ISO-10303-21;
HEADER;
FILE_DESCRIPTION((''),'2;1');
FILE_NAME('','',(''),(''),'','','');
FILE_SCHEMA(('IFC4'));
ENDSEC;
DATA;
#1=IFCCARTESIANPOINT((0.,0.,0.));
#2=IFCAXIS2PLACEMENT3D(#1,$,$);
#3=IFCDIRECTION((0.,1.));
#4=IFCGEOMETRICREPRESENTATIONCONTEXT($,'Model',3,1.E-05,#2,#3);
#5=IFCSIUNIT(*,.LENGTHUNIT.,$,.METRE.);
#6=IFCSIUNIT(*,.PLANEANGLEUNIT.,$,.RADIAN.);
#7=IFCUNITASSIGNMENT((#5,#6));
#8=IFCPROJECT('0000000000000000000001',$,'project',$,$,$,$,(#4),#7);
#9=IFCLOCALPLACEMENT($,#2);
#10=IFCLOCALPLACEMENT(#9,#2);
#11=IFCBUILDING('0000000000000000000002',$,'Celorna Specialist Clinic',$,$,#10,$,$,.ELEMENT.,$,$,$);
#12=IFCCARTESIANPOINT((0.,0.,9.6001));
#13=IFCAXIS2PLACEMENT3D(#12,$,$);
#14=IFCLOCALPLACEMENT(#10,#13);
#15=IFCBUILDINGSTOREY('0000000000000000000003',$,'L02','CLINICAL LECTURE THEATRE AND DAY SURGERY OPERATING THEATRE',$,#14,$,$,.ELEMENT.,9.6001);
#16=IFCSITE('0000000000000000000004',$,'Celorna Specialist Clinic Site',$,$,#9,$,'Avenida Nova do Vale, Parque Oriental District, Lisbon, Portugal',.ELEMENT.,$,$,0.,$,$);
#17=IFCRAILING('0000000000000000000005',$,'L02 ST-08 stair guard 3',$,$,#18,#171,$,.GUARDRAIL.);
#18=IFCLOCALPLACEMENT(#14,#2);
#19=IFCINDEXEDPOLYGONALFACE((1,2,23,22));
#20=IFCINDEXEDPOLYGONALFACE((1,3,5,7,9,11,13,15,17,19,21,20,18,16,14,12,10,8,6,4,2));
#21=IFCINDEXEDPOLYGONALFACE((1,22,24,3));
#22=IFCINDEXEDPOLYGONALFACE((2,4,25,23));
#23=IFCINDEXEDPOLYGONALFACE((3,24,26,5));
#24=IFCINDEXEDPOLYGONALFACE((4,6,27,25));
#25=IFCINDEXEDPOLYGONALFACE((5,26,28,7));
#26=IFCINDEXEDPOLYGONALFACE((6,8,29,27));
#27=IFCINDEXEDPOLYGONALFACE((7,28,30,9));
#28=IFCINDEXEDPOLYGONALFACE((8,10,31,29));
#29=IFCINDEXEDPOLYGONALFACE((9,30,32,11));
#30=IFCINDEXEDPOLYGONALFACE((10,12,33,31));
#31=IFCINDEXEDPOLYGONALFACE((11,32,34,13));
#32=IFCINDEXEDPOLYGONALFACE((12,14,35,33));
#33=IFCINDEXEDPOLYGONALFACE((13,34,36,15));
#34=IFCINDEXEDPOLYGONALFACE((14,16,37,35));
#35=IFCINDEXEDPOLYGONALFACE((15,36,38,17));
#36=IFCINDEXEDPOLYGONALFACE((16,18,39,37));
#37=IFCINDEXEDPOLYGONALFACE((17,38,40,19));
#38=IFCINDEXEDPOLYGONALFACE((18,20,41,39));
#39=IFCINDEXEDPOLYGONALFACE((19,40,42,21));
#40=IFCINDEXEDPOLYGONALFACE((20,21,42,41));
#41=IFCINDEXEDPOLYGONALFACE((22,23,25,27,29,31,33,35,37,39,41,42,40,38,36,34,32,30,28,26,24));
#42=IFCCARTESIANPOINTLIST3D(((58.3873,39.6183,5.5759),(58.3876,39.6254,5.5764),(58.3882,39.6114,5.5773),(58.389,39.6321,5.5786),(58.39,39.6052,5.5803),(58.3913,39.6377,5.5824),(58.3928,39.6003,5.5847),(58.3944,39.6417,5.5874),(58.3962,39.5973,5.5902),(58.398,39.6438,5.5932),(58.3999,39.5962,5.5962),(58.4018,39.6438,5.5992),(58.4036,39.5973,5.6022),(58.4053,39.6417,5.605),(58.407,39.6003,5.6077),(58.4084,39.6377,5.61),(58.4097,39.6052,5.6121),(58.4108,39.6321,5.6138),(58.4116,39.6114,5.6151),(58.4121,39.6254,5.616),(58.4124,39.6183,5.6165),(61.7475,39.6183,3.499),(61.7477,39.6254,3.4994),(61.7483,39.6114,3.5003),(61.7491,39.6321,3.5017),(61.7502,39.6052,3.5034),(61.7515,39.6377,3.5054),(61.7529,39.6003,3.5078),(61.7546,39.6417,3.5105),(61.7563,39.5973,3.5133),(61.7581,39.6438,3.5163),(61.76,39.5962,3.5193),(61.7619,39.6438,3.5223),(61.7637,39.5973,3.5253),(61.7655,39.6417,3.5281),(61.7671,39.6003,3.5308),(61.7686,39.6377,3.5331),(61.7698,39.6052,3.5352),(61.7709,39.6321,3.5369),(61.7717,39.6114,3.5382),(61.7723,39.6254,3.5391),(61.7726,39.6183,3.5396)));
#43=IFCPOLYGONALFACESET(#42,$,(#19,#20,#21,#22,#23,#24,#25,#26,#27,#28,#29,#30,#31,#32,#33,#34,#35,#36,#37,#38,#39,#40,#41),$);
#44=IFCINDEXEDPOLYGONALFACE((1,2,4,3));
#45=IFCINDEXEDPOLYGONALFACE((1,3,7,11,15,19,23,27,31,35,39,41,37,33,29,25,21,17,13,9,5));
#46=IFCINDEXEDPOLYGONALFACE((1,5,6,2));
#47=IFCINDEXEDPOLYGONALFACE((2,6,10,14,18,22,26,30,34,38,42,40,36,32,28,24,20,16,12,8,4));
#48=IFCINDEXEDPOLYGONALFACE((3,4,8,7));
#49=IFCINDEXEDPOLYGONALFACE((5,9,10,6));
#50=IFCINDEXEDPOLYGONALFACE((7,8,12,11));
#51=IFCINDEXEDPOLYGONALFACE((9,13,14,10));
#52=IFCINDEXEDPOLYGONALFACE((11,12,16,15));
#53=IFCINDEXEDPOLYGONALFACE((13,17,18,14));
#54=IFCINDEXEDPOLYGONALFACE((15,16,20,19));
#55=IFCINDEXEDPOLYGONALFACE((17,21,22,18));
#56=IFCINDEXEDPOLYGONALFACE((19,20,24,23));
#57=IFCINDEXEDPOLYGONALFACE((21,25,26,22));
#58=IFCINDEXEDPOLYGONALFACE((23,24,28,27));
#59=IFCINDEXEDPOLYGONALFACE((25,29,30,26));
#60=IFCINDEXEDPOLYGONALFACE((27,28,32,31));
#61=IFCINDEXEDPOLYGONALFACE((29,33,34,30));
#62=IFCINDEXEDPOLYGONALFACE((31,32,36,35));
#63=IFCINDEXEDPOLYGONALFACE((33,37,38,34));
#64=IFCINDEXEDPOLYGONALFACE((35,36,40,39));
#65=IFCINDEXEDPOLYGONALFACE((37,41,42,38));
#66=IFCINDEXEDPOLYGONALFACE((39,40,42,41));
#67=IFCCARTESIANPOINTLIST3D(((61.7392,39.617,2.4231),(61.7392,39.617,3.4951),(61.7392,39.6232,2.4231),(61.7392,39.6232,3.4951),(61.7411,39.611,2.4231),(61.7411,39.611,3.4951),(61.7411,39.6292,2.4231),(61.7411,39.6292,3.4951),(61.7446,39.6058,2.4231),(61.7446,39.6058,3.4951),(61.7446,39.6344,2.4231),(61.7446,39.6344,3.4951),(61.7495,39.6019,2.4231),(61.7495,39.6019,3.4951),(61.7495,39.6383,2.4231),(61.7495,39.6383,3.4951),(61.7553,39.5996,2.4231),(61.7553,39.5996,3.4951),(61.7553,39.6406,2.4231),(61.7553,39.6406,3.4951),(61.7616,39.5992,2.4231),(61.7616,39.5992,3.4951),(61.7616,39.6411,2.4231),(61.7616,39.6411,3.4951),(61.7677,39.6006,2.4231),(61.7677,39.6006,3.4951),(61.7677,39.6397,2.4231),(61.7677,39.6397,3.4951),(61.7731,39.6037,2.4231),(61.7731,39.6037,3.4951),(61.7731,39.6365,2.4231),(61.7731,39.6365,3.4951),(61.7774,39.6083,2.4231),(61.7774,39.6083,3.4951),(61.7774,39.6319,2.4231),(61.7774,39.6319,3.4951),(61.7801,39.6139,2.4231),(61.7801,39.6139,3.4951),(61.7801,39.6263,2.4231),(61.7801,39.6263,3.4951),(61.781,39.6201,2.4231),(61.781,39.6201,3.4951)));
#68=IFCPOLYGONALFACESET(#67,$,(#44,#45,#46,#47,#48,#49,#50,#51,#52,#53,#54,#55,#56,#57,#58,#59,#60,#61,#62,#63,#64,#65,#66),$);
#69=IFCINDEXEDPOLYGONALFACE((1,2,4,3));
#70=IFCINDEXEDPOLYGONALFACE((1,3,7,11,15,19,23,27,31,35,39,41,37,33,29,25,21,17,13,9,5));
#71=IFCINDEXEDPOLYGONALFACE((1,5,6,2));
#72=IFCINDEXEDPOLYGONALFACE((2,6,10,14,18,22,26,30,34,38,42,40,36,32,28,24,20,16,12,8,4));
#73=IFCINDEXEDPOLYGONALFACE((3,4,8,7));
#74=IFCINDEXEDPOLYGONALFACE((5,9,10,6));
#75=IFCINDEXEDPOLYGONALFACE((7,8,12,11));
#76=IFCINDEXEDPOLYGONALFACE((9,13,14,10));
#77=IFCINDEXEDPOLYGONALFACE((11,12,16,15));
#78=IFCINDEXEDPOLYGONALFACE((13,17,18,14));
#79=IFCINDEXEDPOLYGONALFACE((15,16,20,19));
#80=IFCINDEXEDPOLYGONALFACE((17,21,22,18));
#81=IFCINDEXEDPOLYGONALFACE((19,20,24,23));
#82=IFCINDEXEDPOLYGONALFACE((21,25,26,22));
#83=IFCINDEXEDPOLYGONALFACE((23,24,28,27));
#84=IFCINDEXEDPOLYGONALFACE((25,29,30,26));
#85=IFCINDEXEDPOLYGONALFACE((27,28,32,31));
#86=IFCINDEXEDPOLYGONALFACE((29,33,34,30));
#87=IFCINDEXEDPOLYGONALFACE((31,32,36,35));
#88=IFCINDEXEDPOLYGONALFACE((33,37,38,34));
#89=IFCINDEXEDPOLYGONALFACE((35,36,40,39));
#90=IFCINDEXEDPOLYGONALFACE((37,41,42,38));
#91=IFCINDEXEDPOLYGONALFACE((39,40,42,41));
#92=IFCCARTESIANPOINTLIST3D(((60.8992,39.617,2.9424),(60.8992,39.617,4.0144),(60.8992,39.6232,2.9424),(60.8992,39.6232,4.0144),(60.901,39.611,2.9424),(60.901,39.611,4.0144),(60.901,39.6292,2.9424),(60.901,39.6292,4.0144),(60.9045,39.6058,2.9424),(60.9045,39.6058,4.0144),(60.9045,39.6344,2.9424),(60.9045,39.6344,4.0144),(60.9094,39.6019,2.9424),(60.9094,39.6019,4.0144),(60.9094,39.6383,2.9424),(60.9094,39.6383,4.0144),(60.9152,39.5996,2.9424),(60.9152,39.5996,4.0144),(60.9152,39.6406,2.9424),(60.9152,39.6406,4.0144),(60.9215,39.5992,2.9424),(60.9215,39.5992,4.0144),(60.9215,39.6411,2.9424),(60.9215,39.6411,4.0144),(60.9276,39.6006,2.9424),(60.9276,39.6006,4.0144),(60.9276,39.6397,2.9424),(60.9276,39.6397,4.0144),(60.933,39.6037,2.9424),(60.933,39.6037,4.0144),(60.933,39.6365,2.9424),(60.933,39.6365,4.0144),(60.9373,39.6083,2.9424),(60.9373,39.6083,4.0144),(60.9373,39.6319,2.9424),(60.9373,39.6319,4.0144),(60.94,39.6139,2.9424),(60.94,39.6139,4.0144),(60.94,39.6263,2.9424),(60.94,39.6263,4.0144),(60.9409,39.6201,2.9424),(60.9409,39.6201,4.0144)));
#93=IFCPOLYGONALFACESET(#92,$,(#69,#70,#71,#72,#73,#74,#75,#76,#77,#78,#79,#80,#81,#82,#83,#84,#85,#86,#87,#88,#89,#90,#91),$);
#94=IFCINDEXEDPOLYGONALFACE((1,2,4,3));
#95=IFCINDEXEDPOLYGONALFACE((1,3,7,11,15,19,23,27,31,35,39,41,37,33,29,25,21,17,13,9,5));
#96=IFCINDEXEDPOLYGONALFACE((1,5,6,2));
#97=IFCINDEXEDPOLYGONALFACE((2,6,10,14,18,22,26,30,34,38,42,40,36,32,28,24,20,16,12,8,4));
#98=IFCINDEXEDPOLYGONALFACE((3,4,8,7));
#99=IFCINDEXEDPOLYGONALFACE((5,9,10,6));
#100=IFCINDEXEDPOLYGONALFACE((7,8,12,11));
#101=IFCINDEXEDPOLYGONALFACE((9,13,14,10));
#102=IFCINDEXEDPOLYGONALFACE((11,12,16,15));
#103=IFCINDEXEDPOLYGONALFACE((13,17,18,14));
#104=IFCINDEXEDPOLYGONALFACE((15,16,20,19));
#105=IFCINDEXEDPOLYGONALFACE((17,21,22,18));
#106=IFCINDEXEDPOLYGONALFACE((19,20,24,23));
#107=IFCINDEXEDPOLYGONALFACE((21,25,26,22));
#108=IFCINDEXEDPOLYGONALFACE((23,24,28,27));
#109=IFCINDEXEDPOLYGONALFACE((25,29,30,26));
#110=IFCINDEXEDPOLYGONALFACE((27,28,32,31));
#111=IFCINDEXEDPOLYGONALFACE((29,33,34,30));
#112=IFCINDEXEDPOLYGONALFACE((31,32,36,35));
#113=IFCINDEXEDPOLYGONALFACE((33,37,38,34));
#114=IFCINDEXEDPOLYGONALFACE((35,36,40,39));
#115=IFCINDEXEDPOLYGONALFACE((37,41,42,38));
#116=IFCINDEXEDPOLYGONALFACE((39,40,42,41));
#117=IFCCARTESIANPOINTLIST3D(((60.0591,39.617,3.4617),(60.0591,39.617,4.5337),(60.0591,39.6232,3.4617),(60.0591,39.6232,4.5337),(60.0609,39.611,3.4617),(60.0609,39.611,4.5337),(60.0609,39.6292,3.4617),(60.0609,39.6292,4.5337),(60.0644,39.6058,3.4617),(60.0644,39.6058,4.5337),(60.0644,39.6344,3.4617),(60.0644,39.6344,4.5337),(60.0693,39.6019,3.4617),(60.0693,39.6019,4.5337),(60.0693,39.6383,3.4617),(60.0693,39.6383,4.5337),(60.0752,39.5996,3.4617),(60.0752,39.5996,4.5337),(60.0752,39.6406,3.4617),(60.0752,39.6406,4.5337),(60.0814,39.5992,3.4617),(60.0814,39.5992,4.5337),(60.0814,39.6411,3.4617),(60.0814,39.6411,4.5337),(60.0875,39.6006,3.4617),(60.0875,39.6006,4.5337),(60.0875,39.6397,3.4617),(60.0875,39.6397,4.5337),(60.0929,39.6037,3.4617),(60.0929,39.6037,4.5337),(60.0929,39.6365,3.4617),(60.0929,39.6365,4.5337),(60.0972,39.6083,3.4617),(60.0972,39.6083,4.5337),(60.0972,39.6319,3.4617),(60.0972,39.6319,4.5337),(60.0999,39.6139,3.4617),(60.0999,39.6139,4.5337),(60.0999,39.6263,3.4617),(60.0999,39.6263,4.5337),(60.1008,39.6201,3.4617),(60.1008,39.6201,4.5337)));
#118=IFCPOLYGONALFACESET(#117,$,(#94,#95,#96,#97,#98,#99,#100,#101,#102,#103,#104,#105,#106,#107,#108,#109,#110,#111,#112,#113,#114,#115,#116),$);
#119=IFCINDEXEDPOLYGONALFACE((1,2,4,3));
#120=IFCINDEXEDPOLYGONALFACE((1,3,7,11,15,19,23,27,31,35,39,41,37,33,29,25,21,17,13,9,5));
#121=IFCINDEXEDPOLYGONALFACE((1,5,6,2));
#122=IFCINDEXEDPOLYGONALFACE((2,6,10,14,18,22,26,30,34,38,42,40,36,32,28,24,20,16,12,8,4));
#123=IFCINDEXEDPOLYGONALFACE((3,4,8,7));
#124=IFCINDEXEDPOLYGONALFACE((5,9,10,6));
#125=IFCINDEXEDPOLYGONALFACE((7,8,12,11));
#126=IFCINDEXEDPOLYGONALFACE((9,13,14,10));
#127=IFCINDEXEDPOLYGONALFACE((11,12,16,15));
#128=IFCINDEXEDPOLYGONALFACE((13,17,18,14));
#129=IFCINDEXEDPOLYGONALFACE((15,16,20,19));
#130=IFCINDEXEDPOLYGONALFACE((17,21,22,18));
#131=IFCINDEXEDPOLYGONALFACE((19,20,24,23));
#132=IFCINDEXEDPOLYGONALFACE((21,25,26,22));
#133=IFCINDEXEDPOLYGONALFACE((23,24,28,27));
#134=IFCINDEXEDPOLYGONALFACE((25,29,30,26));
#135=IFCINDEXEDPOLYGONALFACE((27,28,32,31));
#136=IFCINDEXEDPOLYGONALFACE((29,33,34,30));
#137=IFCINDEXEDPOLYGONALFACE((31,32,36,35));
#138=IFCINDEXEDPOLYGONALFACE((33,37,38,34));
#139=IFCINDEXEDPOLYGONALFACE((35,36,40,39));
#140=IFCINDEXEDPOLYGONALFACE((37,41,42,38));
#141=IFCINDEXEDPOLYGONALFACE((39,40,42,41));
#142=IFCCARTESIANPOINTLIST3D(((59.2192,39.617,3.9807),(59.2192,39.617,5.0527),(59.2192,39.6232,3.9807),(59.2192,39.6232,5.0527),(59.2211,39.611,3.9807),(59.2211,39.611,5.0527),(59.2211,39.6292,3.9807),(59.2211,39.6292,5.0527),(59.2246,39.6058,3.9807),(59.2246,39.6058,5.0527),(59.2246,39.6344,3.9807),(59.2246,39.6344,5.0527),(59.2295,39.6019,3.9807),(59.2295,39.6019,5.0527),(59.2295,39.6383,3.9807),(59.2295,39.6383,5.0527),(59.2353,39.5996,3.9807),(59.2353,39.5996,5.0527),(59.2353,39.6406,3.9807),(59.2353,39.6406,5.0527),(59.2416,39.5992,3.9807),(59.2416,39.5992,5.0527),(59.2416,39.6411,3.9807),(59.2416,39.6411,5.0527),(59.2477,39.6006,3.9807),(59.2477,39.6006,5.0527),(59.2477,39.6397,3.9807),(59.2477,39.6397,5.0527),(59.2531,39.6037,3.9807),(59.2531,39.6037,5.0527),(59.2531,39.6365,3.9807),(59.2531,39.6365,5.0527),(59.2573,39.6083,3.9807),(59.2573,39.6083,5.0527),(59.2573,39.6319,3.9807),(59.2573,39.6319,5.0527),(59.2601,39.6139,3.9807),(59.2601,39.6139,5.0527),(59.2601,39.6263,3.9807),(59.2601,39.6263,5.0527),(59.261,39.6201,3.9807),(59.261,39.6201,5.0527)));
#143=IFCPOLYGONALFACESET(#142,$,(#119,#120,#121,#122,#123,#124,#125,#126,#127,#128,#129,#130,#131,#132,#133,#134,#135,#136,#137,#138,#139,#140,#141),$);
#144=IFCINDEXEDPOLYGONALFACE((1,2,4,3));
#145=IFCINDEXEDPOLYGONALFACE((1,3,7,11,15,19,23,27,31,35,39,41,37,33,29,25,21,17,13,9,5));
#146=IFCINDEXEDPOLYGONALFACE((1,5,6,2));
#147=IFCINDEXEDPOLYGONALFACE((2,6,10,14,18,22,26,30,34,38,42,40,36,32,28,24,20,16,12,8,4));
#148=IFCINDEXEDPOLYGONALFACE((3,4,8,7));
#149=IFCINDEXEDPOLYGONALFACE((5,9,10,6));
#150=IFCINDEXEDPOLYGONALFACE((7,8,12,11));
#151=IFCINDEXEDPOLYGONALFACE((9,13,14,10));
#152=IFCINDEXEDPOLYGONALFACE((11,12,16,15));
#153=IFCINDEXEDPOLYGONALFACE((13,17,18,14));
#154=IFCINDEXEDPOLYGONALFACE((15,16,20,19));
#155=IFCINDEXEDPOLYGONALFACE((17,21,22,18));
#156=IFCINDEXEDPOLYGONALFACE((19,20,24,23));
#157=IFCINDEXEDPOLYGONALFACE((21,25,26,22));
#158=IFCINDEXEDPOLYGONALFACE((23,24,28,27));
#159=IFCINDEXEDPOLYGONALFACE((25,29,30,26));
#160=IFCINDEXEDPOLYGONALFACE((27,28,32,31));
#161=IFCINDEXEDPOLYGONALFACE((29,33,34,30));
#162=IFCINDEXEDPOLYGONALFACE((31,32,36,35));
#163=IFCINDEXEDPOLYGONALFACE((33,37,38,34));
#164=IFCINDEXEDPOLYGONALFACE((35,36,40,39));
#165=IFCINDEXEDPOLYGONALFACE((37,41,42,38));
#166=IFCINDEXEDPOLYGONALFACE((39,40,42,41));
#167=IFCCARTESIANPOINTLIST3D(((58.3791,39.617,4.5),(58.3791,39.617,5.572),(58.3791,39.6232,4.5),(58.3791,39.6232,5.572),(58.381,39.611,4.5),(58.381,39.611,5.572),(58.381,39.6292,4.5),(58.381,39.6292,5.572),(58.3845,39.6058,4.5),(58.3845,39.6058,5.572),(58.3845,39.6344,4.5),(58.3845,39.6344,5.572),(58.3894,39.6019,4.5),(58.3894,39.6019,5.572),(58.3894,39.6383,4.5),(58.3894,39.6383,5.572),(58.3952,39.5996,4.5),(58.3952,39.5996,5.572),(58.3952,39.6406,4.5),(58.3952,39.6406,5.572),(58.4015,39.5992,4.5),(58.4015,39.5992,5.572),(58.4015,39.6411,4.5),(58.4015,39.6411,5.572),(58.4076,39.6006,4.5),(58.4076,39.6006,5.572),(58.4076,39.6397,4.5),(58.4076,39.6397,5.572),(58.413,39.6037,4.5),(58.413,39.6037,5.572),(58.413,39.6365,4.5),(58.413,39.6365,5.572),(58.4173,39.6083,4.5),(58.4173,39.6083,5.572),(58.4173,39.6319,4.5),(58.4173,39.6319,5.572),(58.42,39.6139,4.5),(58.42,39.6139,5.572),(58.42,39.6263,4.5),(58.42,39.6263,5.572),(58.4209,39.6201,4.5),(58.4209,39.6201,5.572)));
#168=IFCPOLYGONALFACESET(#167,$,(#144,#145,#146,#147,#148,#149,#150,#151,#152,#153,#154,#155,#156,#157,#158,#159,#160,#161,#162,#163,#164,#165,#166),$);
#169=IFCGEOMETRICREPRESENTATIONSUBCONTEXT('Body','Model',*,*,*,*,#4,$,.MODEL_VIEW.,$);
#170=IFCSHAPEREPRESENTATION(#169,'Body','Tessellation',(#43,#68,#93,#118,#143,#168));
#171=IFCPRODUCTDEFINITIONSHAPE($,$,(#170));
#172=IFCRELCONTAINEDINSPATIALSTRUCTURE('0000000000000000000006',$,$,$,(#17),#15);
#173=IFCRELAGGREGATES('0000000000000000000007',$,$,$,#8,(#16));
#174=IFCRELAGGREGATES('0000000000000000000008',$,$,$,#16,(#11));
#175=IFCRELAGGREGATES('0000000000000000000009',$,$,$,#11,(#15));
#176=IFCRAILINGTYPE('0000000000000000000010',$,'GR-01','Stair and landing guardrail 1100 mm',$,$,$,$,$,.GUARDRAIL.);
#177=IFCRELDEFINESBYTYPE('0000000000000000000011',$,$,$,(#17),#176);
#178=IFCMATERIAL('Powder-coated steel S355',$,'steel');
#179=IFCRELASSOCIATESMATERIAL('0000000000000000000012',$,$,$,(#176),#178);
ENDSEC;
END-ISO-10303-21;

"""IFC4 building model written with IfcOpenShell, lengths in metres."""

from ifc_helpers import new_model, si_unit, direction, frame, origin, origin_2d, place, context, subcontext, project, spatial, circle, extrude, material, type_object, element, save


model = new_model("IFC4")

# Units and contexts
model_context = context("Model", 3, precision=1e-05, world=origin(), true_north=direction((0.0, 1.0)))
body_context = subcontext(model_context, "Body", "Model", "MODEL_VIEW")
ifc_project = project(units=[si_unit("LENGTHUNIT", "METRE"), si_unit("PLANEANGLEUNIT", "RADIAN")], contexts=[model_context])

# Site, building, storey
site_placement = place(None, origin())
site = spatial("IfcSite", under=ifc_project, at=site_placement, Name="Celorna Specialist Clinic Site", LongName="Avenida Nova do Vale, Parque Oriental District, Lisbon, Portugal", CompositionType="ELEMENT", RefElevation=0.0)
building_placement = place(site_placement, origin())
building = spatial("IfcBuilding", under=site, at=building_placement, Name="Celorna Specialist Clinic", CompositionType="ELEMENT")
storey_placement = place(building_placement, frame((0.0, 0.0, 9.6001)))
storey = spatial("IfcBuildingStorey", under=building, at=storey_placement, Name="L02", Description="CLINICAL LECTURE THEATRE AND DAY SURGERY OPERATING THEATRE", CompositionType="ELEMENT", Elevation=9.6001)

# Railing
ifc_material_1 = material(Name="Powder-coated steel S355", Category="steel")
railing_type_1 = type_object("IfcRailingType", Name="GR-01", Description="Stair and landing guardrail 1100 mm", PredefinedType="GUARDRAIL", material=ifc_material_1)
railing_1_placement = place(storey_placement, frame((61.76, 39.6201, 2.4231)))
element("IfcRailing", 1, at=railing_1_placement, inside=storey, type_object=railing_type_1, Name="L02 ST-08 stair guard 3", PredefinedType="GUARDRAIL", context=body_context, shape_type="SweptSolid", body=[
    extrude(circle(Radius=0.0239, at=origin_2d()), frame((0.0, 0.0, 1.0962), z_axis=(-0.850623, 0.0, 0.525776), x_axis=(0.0, -1.0, 0.0)), (0.0, 0.0, 1.0), 3.9502),
    extrude(circle(Radius=0.021, at=origin_2d()), origin(), (0.0, 0.0, 1.0), 1.072),
    extrude(circle(Radius=0.021, at=origin_2d()), frame((-0.8401, 0.0, 0.5193)), (0.0, 0.0, 1.0), 1.072),
    extrude(circle(Radius=0.021, at=origin_2d()), frame((-1.6802, 0.0, 1.0386)), (0.0, 0.0, 1.0), 1.072),
    extrude(circle(Radius=0.021, at=origin_2d()), frame((-2.52, 0.0, 1.5576)), (0.0, 0.0, 1.0), 1.072),
    extrude(circle(Radius=0.021, at=origin_2d()), frame((-3.3601, 0.0, 2.0769)), (0.0, 0.0, 1.0), 1.072),
])

save(model, "model.ifc")
